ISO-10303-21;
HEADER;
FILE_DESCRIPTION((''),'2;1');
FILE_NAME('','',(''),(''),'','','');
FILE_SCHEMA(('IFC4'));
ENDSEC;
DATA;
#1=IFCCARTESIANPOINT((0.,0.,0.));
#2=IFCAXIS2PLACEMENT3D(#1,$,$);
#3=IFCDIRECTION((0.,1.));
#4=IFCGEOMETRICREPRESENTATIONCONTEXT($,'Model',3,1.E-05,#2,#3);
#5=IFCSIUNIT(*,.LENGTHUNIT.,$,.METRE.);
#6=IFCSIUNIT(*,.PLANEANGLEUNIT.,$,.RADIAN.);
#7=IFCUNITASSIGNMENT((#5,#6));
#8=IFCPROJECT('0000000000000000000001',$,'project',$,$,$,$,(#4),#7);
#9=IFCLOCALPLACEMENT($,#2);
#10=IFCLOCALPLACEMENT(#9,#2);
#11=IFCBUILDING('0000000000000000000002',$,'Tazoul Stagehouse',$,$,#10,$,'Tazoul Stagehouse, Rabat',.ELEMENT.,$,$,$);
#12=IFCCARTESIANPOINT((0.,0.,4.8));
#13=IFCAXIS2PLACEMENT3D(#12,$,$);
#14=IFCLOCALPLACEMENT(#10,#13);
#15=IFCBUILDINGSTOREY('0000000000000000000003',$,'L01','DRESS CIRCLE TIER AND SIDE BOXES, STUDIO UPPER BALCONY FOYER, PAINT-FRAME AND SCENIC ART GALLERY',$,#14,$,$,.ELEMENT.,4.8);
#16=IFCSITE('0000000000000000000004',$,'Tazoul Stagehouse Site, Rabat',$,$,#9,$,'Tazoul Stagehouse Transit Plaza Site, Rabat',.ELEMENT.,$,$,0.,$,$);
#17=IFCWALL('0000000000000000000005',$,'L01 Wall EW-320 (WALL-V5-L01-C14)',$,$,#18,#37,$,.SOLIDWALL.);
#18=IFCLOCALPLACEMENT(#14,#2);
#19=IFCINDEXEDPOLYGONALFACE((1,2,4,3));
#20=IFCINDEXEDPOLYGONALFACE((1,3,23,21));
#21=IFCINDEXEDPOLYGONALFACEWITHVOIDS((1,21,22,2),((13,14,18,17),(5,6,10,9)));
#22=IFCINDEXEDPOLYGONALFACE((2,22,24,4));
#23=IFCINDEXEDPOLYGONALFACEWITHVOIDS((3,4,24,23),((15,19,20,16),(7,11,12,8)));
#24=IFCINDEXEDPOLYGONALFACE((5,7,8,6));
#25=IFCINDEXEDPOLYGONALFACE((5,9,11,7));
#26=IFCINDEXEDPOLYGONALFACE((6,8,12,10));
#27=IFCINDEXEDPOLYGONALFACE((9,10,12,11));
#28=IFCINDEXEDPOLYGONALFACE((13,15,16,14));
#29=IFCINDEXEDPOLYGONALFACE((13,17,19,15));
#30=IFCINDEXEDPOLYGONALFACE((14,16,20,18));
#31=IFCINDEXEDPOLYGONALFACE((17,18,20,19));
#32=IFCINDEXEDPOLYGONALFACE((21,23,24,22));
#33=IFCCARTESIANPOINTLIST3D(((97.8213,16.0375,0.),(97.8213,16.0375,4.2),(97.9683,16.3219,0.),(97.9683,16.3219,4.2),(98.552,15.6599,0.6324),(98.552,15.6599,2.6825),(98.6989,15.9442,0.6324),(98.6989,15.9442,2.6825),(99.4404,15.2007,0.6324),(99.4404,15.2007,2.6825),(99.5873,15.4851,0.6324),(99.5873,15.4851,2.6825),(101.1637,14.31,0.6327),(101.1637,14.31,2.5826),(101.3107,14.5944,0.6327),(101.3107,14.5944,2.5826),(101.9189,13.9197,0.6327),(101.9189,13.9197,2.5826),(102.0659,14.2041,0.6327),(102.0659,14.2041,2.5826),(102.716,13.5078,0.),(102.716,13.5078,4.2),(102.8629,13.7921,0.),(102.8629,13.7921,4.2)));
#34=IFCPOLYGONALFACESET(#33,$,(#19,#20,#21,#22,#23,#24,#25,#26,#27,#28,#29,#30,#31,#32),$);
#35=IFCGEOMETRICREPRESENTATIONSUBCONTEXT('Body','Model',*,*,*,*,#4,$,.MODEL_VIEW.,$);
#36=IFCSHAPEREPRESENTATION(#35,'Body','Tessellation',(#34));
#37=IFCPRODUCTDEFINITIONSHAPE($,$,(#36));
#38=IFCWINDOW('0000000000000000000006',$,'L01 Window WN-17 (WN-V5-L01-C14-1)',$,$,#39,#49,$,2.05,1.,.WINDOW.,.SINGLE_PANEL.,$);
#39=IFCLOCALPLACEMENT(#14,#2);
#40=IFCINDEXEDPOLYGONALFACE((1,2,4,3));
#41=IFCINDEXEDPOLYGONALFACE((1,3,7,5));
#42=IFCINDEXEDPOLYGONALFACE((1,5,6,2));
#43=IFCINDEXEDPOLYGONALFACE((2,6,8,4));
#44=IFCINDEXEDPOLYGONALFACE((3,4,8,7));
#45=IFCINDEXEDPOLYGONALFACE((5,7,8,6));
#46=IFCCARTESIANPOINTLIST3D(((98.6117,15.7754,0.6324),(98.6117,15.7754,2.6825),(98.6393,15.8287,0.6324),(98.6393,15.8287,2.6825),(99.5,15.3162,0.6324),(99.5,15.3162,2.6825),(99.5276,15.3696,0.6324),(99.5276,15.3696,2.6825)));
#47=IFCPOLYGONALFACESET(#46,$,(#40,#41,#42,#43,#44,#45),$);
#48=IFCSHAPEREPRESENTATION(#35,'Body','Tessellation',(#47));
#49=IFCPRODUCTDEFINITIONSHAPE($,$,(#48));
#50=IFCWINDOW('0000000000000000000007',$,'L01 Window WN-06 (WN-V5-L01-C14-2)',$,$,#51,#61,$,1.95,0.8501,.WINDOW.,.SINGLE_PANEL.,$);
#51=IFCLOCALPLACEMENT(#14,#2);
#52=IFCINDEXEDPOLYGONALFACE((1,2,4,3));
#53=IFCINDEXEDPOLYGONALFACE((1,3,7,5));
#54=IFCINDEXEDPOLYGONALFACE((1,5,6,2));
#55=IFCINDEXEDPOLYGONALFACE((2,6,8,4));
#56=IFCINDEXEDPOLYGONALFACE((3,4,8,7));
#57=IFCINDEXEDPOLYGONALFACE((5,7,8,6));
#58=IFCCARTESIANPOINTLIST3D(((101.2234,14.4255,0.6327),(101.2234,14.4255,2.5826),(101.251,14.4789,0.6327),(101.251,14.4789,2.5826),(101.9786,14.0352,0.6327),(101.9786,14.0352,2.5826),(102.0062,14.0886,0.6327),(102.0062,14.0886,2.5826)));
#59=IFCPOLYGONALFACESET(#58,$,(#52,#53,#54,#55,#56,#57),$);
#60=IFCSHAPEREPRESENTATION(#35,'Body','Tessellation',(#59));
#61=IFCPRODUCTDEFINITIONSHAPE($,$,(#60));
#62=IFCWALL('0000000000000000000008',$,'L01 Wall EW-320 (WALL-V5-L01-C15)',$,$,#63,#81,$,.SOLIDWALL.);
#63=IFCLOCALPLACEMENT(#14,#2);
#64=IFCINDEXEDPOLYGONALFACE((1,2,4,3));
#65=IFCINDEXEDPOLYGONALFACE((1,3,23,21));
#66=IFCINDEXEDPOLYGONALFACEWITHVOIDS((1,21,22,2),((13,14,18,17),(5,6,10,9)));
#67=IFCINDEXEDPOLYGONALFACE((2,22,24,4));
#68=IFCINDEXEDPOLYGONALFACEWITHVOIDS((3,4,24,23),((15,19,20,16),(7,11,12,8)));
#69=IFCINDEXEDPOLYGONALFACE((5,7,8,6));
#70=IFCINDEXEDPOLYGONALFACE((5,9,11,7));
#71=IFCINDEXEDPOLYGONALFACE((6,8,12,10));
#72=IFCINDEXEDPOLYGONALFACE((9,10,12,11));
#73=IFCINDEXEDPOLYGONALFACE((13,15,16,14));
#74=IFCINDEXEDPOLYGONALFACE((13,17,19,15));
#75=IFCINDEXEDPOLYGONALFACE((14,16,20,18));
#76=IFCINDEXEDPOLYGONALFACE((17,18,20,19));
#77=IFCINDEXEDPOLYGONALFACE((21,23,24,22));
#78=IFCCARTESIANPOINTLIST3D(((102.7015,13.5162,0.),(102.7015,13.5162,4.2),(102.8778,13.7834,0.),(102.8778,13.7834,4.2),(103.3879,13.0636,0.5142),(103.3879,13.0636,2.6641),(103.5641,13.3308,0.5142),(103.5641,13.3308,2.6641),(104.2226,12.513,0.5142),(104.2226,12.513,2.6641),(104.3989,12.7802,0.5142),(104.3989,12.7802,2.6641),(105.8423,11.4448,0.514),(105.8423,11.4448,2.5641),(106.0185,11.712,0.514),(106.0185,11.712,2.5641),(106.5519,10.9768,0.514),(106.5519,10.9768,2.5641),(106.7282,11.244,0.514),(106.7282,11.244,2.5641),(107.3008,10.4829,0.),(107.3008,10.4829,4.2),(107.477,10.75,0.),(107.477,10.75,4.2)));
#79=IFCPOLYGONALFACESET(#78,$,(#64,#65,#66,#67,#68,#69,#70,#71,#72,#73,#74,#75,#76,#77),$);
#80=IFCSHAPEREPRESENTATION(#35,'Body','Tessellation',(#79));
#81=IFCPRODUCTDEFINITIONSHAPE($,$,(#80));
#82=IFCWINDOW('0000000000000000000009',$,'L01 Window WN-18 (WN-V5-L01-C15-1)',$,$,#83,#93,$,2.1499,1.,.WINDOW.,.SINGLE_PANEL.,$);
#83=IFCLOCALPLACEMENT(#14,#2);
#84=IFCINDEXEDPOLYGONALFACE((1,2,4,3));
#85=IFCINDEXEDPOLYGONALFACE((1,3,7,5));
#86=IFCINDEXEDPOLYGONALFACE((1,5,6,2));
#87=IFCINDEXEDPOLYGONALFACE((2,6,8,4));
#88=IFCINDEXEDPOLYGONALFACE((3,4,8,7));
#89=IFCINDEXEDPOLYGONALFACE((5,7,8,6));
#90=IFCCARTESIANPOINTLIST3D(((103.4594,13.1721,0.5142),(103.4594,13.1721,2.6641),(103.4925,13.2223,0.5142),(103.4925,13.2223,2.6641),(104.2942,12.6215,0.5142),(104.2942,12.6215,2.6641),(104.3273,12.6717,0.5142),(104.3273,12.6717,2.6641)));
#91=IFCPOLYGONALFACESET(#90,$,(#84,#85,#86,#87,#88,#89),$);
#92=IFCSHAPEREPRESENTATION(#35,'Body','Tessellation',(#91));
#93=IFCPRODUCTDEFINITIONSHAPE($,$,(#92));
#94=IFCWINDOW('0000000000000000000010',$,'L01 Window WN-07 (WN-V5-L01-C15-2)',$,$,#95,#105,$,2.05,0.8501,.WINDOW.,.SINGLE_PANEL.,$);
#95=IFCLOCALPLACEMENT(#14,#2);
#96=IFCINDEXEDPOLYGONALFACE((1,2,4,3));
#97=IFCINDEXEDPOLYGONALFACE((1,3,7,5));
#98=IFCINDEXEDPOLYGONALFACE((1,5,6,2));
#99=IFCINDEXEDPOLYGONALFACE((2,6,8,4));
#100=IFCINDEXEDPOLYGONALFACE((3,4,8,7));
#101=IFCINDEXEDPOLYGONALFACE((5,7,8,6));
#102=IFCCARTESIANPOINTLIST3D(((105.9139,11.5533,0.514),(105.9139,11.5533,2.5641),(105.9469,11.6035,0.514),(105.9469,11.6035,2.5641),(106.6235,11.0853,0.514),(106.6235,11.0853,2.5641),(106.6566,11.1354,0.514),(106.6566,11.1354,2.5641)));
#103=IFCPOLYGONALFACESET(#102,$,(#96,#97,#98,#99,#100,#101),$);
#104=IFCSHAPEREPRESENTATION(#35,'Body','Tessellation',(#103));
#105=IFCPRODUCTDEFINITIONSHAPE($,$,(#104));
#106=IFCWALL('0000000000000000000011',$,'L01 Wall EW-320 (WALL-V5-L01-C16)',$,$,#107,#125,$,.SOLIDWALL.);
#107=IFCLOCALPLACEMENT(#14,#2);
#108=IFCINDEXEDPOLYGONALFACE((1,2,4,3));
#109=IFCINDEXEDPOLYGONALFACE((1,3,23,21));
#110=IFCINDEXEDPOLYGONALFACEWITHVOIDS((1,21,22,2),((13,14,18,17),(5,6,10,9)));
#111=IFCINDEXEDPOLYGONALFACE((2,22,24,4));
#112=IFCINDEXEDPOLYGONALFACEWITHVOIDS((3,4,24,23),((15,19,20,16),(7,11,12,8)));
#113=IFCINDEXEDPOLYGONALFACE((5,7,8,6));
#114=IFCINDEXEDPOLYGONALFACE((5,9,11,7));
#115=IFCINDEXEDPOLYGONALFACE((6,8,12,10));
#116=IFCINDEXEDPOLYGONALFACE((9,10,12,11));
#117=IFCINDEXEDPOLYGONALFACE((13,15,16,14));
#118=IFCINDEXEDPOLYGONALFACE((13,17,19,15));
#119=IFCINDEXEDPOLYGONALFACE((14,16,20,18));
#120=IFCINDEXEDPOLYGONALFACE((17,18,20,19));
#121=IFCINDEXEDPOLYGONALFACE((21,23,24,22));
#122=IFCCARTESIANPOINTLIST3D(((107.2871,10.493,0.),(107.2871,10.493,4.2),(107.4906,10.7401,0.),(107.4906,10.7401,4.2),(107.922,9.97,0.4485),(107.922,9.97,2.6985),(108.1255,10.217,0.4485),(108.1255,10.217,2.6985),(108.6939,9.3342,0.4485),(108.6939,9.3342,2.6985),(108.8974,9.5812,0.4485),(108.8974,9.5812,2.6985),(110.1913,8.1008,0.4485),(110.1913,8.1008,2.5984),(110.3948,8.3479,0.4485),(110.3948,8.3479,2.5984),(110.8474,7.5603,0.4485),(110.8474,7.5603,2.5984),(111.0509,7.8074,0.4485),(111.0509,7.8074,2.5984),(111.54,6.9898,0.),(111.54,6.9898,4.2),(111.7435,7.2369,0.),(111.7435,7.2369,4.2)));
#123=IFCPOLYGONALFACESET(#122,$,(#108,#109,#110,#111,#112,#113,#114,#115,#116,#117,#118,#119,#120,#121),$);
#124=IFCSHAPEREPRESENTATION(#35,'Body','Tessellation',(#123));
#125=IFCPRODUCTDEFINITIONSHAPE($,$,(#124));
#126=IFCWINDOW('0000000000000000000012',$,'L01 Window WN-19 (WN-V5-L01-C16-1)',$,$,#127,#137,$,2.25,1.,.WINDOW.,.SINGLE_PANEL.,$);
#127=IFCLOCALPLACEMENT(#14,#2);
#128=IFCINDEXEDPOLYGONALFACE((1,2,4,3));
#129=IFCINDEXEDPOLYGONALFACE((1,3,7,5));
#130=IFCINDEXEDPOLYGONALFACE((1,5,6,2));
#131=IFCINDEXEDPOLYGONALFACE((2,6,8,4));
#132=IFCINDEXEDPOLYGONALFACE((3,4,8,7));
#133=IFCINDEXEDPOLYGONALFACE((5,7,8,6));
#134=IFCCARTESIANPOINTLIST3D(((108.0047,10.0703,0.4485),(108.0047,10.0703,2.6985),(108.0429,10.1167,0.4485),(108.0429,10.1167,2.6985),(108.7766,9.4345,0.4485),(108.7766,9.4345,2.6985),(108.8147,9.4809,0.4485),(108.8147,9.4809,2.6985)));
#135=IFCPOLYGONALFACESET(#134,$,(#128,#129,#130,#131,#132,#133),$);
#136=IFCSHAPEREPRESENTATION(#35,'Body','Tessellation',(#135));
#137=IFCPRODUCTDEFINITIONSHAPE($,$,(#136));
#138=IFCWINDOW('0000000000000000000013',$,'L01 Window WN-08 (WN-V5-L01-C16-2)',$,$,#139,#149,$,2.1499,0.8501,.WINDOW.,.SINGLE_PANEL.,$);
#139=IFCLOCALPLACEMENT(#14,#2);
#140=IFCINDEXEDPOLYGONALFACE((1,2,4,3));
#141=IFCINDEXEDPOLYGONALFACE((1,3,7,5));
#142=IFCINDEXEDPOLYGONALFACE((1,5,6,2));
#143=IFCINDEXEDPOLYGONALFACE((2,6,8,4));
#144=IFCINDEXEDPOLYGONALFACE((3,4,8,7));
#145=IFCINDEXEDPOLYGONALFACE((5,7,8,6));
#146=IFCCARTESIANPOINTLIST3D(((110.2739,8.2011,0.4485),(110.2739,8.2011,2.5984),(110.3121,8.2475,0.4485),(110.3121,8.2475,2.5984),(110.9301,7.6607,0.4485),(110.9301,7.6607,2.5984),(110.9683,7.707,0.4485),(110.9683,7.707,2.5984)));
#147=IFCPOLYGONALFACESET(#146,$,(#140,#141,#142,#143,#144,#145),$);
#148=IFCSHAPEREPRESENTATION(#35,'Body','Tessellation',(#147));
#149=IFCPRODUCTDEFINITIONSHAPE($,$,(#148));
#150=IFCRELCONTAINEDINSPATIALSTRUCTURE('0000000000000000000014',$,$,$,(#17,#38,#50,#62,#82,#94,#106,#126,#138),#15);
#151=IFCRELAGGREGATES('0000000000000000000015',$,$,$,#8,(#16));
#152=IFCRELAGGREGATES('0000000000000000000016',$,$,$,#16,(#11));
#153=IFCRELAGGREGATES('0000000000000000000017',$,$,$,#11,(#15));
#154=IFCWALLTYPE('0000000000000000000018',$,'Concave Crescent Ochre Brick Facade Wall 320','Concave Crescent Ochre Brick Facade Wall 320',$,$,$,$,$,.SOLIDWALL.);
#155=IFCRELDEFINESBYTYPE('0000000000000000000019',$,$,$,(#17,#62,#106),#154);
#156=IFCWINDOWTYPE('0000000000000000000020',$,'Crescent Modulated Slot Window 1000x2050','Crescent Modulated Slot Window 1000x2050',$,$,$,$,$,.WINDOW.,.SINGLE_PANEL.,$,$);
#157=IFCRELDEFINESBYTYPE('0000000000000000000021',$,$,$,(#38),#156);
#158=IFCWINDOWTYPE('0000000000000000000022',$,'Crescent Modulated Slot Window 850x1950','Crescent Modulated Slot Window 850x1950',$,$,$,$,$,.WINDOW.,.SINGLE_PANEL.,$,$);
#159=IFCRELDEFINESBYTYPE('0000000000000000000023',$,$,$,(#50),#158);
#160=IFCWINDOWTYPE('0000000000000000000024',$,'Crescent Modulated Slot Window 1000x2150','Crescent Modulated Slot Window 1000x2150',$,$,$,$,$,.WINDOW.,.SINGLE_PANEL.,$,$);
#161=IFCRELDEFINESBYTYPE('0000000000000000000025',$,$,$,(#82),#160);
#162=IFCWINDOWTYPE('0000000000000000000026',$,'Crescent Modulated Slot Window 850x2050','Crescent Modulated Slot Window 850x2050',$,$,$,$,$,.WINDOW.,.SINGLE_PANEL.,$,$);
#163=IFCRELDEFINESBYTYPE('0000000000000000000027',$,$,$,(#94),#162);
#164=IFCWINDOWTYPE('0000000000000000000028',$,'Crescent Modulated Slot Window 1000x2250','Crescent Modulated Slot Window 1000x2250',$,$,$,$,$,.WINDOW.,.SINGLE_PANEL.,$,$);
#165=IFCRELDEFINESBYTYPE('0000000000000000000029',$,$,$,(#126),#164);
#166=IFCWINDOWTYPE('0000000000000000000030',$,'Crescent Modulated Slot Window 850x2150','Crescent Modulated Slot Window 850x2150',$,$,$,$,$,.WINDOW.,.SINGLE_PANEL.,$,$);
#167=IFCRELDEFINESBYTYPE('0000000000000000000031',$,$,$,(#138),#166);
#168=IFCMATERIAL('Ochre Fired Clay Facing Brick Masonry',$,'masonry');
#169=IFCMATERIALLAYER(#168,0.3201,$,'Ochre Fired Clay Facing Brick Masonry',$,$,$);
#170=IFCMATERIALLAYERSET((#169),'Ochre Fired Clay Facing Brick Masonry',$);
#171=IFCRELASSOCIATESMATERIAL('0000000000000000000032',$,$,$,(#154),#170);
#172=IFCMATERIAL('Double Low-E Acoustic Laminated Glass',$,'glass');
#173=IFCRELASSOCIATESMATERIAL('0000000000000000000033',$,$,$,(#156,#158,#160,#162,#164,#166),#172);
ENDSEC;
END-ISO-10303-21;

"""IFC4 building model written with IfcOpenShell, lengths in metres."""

from ifc_helpers import new_model, si_unit, direction, frame, frame_2d, origin, place, context, subcontext, project, spatial, rectangle, extrude, material, layer, layer_set, type_object, element, fill, save


model = new_model("IFC4")

# Units and contexts
model_context = context("Model", 3, precision=1e-05, world=origin(), true_north=direction((0.0, 1.0)))
body_context = subcontext(model_context, "Body", "Model", "MODEL_VIEW")
ifc_project = project(units=[si_unit("LENGTHUNIT", "METRE"), si_unit("PLANEANGLEUNIT", "RADIAN")], contexts=[model_context])

# Site, building, storey
site_placement = place(None, origin())
site = spatial("IfcSite", under=ifc_project, at=site_placement, Name="Tazoul Stagehouse Site, Rabat", LongName="Tazoul Stagehouse Transit Plaza Site, Rabat", CompositionType="ELEMENT", RefElevation=0.0)
building_placement = place(site_placement, origin())
building = spatial("IfcBuilding", under=site, at=building_placement, Name="Tazoul Stagehouse", LongName="Tazoul Stagehouse, Rabat", CompositionType="ELEMENT")
storey_placement = place(building_placement, frame((0.0, 0.0, 4.8)))
storey = spatial("IfcBuildingStorey", under=building, at=storey_placement, Name="L01", Description="DRESS CIRCLE TIER AND SIDE BOXES, STUDIO UPPER BALCONY FOYER, PAINT-FRAME AND SCENIC ART GALLERY", CompositionType="ELEMENT", Elevation=4.8)

# Walls, openings, windows
ifc_material_1 = material(Name="Ochre Fired Clay Facing Brick Masonry", Category="masonry")
ifc_layer_1 = layer(ifc_material_1, 0.3201, Name="Ochre Fired Clay Facing Brick Masonry")
ifc_layer_set_1 = layer_set([ifc_layer_1], Name="Ochre Fired Clay Facing Brick Masonry")
wall_type_1 = type_object("IfcWallType", Name="Concave Crescent Ochre Brick Facade Wall 320", Description="Concave Crescent Ochre Brick Facade Wall 320", PredefinedType="SOLIDWALL", material=ifc_layer_set_1)
wall_1_placement = place(storey_placement, frame((97.8948, 16.1797, 0.0), z_axis=(0.0, 0.0, 1.0), x_axis=(0.888365, -0.459137, 0.0)))
wall_1 = element("IfcWall", 1, at=wall_1_placement, inside=storey, type_object=wall_type_1, Name="L01 Wall EW-320 (WALL-V5-L01-C14)", PredefinedType="SOLIDWALL", context=body_context, shape_type="SweptSolid", body=[
    extrude(rectangle(XDim=5.5098, YDim=0.3201, at=frame_2d((2.7549, 0.0))), origin(), (0.0, 0.0, 1.0), 4.2),
])
opening_1_placement = place(wall_1_placement, frame((0.8225, 0.0, 0.6326)))
opening_1 = element("IfcOpeningElement", 2, at=opening_1_placement, cuts=wall_1, PredefinedType="OPENING", context=body_context, shape_type="SweptSolid", body=[
    extrude(rectangle(XDim=1.0, YDim=2.05, at=frame_2d((0.5, 1.0249))), frame((0.0, 0.1799, 0.0), z_axis=(0.0, -1.0, 0.0), x_axis=(1.0, 0.0, 0.0)), (0.0, 0.0, 1.0), 0.3601),
])
opening_2_placement = place(wall_1_placement, frame((3.7625, 0.0, 0.6326)))
opening_2 = element("IfcOpeningElement", 3, at=opening_2_placement, cuts=wall_1, PredefinedType="OPENING", context=body_context, shape_type="SweptSolid", body=[
    extrude(rectangle(XDim=0.8501, YDim=1.95, at=frame_2d((0.425, 0.9751))), frame((0.0, 0.1799, 0.0), z_axis=(0.0, -1.0, 0.0), x_axis=(1.0, 0.0, 0.0)), (0.0, 0.0, 1.0), 0.3601),
])
ifc_material_2 = material(Name="Double Low-E Acoustic Laminated Glass", Category="glass")
window_type_1 = type_object("IfcWindowType", Name="Crescent Modulated Slot Window 1000x2050", Description="Crescent Modulated Slot Window 1000x2050", PartitioningType="SINGLE_PANEL", PredefinedType="WINDOW", material=ifc_material_2)
window_1_placement = place(opening_1_placement, origin())
window_1 = element("IfcWindow", 4, at=window_1_placement, inside=storey, type_object=window_type_1, Name="L01 Window WN-17 (WN-V5-L01-C14-1)", OverallHeight=2.05, OverallWidth=1.0, PartitioningType="SINGLE_PANEL", PredefinedType="WINDOW", context=body_context, shape_type="SweptSolid", body=[
    extrude(rectangle(XDim=1.0, YDim=2.05, at=frame_2d((0.5, 1.0249))), frame((0.0, 0.03, 0.0), z_axis=(0.0, -1.0, 0.0), x_axis=(1.0, 0.0, 0.0)), (0.0, 0.0, 1.0), 0.0601),
])
fill(opening_1, window_1)
window_type_2 = type_object("IfcWindowType", Name="Crescent Modulated Slot Window 850x1950", Description="Crescent Modulated Slot Window 850x1950", PartitioningType="SINGLE_PANEL", PredefinedType="WINDOW", material=ifc_material_2)
window_2_placement = place(opening_2_placement, origin())
window_2 = element("IfcWindow", 5, at=window_2_placement, inside=storey, type_object=window_type_2, Name="L01 Window WN-06 (WN-V5-L01-C14-2)", OverallHeight=1.95, OverallWidth=0.8501, PartitioningType="SINGLE_PANEL", PredefinedType="WINDOW", context=body_context, shape_type="SweptSolid", body=[
    extrude(rectangle(XDim=0.8501, YDim=1.95, at=frame_2d((0.425, 0.9751))), frame((0.0, 0.03, 0.0), z_axis=(0.0, -1.0, 0.0), x_axis=(1.0, 0.0, 0.0)), (0.0, 0.0, 1.0), 0.0601),
])
fill(opening_2, window_2)
wall_2_placement = place(storey_placement, frame((102.7896, 13.6499, 0.0), z_axis=(0.0, 0.0, 1.0), x_axis=(0.834787, -0.550572, 0.0)))
wall_2 = element("IfcWall", 6, at=wall_2_placement, inside=storey, type_object=wall_type_1, Name="L01 Wall EW-320 (WALL-V5-L01-C15)", PredefinedType="SOLIDWALL", context=body_context, shape_type="SweptSolid", body=[
    extrude(rectangle(XDim=5.5095, YDim=0.3201, at=frame_2d((2.7549, 0.0))), origin(), (0.0, 0.0, 1.0), 4.2),
])
opening_3_placement = place(wall_2_placement, frame((0.8223, 0.0, 0.5142)))
opening_3 = element("IfcOpeningElement", 7, at=opening_3_placement, cuts=wall_2, PredefinedType="OPENING", context=body_context, shape_type="SweptSolid", body=[
    extrude(rectangle(XDim=1.0, YDim=2.1499, at=frame_2d((0.5, 1.075))), frame((0.0, 0.1799, 0.0), z_axis=(0.0, -1.0, 0.0), x_axis=(1.0, 0.0, 0.0)), (0.0, 0.0, 1.0), 0.3601),
])
opening_4_placement = place(wall_2_placement, frame((3.7625, 0.0, 0.5142)))
opening_4 = element("IfcOpeningElement", 8, at=opening_4_placement, cuts=wall_2, PredefinedType="OPENING", context=body_context, shape_type="SweptSolid", body=[
    extrude(rectangle(XDim=0.8501, YDim=2.05, at=frame_2d((0.425, 1.0249))), frame((0.0, 0.1799, 0.0), z_axis=(0.0, -1.0, 0.0), x_axis=(1.0, 0.0, 0.0)), (0.0, 0.0, 1.0), 0.3601),
])
window_type_3 = type_object("IfcWindowType", Name="Crescent Modulated Slot Window 1000x2150", Description="Crescent Modulated Slot Window 1000x2150", PartitioningType="SINGLE_PANEL", PredefinedType="WINDOW", material=ifc_material_2)
window_3_placement = place(opening_3_placement, origin())
window_3 = element("IfcWindow", 9, at=window_3_placement, inside=storey, type_object=window_type_3, Name="L01 Window WN-18 (WN-V5-L01-C15-1)", OverallHeight=2.1499, OverallWidth=1.0, PartitioningType="SINGLE_PANEL", PredefinedType="WINDOW", context=body_context, shape_type="SweptSolid", body=[
    extrude(rectangle(XDim=1.0, YDim=2.1499, at=frame_2d((0.5, 1.075))), frame((0.0, 0.03, 0.0), z_axis=(0.0, -1.0, 0.0), x_axis=(1.0, 0.0, 0.0)), (0.0, 0.0, 1.0), 0.0601),
])
fill(opening_3, window_3)
window_type_4 = type_object("IfcWindowType", Name="Crescent Modulated Slot Window 850x2050", Description="Crescent Modulated Slot Window 850x2050", PartitioningType="SINGLE_PANEL", PredefinedType="WINDOW", material=ifc_material_2)
window_4_placement = place(opening_4_placement, origin())
window_4 = element("IfcWindow", 10, at=window_4_placement, inside=storey, type_object=window_type_4, Name="L01 Window WN-07 (WN-V5-L01-C15-2)", OverallHeight=2.05, OverallWidth=0.8501, PartitioningType="SINGLE_PANEL", PredefinedType="WINDOW", context=body_context, shape_type="SweptSolid", body=[
    extrude(rectangle(XDim=0.8501, YDim=2.05, at=frame_2d((0.425, 1.0249))), frame((0.0, 0.03, 0.0), z_axis=(0.0, -1.0, 0.0), x_axis=(1.0, 0.0, 0.0)), (0.0, 0.0, 1.0), 0.0601),
])
fill(opening_4, window_4)
wall_3_placement = place(storey_placement, frame((107.3889, 10.6165, 0.0), z_axis=(0.0, 0.0, 1.0), x_axis=(0.771862, -0.63579, 0.0)))
wall_3 = element("IfcWall", 11, at=wall_3_placement, inside=storey, type_object=wall_type_1, Name="L01 Wall EW-320 (WALL-V5-L01-C16)", PredefinedType="SOLIDWALL", context=body_context, shape_type="SweptSolid", body=[
    extrude(rectangle(XDim=5.51, YDim=0.3201, at=frame_2d((2.7549, 0.0))), origin(), (0.0, 0.0, 1.0), 4.2),
])
opening_5_placement = place(wall_3_placement, frame((0.8225, 0.0, 0.4485)))
opening_5 = element("IfcOpeningElement", 12, at=opening_5_placement, cuts=wall_3, PredefinedType="OPENING", context=body_context, shape_type="SweptSolid", body=[
    extrude(rectangle(XDim=1.0, YDim=2.25, at=frame_2d((0.5, 1.125))), frame((0.0, 0.1799, 0.0), z_axis=(0.0, -1.0, 0.0), x_axis=(1.0, 0.0, 0.0)), (0.0, 0.0, 1.0), 0.3601),
])
opening_6_placement = place(wall_3_placement, frame((3.7625, 0.0, 0.4485)))
opening_6 = element("IfcOpeningElement", 13, at=opening_6_placement, cuts=wall_3, PredefinedType="OPENING", context=body_context, shape_type="SweptSolid", body=[
    extrude(rectangle(XDim=0.8501, YDim=2.1499, at=frame_2d((0.425, 1.075))), frame((0.0, 0.1799, 0.0), z_axis=(0.0, -1.0, 0.0), x_axis=(1.0, 0.0, 0.0)), (0.0, 0.0, 1.0), 0.3601),
])
window_type_5 = type_object("IfcWindowType", Name="Crescent Modulated Slot Window 1000x2250", Description="Crescent Modulated Slot Window 1000x2250", PartitioningType="SINGLE_PANEL", PredefinedType="WINDOW", material=ifc_material_2)
window_5_placement = place(opening_5_placement, origin())
window_5 = element("IfcWindow", 14, at=window_5_placement, inside=storey, type_object=window_type_5, Name="L01 Window WN-19 (WN-V5-L01-C16-1)", OverallHeight=2.25, OverallWidth=1.0, PartitioningType="SINGLE_PANEL", PredefinedType="WINDOW", context=body_context, shape_type="SweptSolid", body=[
    extrude(rectangle(XDim=1.0, YDim=2.25, at=frame_2d((0.5, 1.125))), frame((0.0, 0.03, 0.0), z_axis=(0.0, -1.0, 0.0), x_axis=(1.0, 0.0, 0.0)), (0.0, 0.0, 1.0), 0.0601),
])
fill(opening_5, window_5)
window_type_6 = type_object("IfcWindowType", Name="Crescent Modulated Slot Window 850x2150", Description="Crescent Modulated Slot Window 850x2150", PartitioningType="SINGLE_PANEL", PredefinedType="WINDOW", material=ifc_material_2)
window_6_placement = place(opening_6_placement, origin())
window_6 = element("IfcWindow", 15, at=window_6_placement, inside=storey, type_object=window_type_6, Name="L01 Window WN-08 (WN-V5-L01-C16-2)", OverallHeight=2.1499, OverallWidth=0.8501, PartitioningType="SINGLE_PANEL", PredefinedType="WINDOW", context=body_context, shape_type="SweptSolid", body=[
    extrude(rectangle(XDim=0.8501, YDim=2.1499, at=frame_2d((0.425, 1.075))), frame((0.0, 0.03, 0.0), z_axis=(0.0, -1.0, 0.0), x_axis=(1.0, 0.0, 0.0)), (0.0, 0.0, 1.0), 0.0601),
])
fill(opening_6, window_6)

save(model, "model.ifc")
